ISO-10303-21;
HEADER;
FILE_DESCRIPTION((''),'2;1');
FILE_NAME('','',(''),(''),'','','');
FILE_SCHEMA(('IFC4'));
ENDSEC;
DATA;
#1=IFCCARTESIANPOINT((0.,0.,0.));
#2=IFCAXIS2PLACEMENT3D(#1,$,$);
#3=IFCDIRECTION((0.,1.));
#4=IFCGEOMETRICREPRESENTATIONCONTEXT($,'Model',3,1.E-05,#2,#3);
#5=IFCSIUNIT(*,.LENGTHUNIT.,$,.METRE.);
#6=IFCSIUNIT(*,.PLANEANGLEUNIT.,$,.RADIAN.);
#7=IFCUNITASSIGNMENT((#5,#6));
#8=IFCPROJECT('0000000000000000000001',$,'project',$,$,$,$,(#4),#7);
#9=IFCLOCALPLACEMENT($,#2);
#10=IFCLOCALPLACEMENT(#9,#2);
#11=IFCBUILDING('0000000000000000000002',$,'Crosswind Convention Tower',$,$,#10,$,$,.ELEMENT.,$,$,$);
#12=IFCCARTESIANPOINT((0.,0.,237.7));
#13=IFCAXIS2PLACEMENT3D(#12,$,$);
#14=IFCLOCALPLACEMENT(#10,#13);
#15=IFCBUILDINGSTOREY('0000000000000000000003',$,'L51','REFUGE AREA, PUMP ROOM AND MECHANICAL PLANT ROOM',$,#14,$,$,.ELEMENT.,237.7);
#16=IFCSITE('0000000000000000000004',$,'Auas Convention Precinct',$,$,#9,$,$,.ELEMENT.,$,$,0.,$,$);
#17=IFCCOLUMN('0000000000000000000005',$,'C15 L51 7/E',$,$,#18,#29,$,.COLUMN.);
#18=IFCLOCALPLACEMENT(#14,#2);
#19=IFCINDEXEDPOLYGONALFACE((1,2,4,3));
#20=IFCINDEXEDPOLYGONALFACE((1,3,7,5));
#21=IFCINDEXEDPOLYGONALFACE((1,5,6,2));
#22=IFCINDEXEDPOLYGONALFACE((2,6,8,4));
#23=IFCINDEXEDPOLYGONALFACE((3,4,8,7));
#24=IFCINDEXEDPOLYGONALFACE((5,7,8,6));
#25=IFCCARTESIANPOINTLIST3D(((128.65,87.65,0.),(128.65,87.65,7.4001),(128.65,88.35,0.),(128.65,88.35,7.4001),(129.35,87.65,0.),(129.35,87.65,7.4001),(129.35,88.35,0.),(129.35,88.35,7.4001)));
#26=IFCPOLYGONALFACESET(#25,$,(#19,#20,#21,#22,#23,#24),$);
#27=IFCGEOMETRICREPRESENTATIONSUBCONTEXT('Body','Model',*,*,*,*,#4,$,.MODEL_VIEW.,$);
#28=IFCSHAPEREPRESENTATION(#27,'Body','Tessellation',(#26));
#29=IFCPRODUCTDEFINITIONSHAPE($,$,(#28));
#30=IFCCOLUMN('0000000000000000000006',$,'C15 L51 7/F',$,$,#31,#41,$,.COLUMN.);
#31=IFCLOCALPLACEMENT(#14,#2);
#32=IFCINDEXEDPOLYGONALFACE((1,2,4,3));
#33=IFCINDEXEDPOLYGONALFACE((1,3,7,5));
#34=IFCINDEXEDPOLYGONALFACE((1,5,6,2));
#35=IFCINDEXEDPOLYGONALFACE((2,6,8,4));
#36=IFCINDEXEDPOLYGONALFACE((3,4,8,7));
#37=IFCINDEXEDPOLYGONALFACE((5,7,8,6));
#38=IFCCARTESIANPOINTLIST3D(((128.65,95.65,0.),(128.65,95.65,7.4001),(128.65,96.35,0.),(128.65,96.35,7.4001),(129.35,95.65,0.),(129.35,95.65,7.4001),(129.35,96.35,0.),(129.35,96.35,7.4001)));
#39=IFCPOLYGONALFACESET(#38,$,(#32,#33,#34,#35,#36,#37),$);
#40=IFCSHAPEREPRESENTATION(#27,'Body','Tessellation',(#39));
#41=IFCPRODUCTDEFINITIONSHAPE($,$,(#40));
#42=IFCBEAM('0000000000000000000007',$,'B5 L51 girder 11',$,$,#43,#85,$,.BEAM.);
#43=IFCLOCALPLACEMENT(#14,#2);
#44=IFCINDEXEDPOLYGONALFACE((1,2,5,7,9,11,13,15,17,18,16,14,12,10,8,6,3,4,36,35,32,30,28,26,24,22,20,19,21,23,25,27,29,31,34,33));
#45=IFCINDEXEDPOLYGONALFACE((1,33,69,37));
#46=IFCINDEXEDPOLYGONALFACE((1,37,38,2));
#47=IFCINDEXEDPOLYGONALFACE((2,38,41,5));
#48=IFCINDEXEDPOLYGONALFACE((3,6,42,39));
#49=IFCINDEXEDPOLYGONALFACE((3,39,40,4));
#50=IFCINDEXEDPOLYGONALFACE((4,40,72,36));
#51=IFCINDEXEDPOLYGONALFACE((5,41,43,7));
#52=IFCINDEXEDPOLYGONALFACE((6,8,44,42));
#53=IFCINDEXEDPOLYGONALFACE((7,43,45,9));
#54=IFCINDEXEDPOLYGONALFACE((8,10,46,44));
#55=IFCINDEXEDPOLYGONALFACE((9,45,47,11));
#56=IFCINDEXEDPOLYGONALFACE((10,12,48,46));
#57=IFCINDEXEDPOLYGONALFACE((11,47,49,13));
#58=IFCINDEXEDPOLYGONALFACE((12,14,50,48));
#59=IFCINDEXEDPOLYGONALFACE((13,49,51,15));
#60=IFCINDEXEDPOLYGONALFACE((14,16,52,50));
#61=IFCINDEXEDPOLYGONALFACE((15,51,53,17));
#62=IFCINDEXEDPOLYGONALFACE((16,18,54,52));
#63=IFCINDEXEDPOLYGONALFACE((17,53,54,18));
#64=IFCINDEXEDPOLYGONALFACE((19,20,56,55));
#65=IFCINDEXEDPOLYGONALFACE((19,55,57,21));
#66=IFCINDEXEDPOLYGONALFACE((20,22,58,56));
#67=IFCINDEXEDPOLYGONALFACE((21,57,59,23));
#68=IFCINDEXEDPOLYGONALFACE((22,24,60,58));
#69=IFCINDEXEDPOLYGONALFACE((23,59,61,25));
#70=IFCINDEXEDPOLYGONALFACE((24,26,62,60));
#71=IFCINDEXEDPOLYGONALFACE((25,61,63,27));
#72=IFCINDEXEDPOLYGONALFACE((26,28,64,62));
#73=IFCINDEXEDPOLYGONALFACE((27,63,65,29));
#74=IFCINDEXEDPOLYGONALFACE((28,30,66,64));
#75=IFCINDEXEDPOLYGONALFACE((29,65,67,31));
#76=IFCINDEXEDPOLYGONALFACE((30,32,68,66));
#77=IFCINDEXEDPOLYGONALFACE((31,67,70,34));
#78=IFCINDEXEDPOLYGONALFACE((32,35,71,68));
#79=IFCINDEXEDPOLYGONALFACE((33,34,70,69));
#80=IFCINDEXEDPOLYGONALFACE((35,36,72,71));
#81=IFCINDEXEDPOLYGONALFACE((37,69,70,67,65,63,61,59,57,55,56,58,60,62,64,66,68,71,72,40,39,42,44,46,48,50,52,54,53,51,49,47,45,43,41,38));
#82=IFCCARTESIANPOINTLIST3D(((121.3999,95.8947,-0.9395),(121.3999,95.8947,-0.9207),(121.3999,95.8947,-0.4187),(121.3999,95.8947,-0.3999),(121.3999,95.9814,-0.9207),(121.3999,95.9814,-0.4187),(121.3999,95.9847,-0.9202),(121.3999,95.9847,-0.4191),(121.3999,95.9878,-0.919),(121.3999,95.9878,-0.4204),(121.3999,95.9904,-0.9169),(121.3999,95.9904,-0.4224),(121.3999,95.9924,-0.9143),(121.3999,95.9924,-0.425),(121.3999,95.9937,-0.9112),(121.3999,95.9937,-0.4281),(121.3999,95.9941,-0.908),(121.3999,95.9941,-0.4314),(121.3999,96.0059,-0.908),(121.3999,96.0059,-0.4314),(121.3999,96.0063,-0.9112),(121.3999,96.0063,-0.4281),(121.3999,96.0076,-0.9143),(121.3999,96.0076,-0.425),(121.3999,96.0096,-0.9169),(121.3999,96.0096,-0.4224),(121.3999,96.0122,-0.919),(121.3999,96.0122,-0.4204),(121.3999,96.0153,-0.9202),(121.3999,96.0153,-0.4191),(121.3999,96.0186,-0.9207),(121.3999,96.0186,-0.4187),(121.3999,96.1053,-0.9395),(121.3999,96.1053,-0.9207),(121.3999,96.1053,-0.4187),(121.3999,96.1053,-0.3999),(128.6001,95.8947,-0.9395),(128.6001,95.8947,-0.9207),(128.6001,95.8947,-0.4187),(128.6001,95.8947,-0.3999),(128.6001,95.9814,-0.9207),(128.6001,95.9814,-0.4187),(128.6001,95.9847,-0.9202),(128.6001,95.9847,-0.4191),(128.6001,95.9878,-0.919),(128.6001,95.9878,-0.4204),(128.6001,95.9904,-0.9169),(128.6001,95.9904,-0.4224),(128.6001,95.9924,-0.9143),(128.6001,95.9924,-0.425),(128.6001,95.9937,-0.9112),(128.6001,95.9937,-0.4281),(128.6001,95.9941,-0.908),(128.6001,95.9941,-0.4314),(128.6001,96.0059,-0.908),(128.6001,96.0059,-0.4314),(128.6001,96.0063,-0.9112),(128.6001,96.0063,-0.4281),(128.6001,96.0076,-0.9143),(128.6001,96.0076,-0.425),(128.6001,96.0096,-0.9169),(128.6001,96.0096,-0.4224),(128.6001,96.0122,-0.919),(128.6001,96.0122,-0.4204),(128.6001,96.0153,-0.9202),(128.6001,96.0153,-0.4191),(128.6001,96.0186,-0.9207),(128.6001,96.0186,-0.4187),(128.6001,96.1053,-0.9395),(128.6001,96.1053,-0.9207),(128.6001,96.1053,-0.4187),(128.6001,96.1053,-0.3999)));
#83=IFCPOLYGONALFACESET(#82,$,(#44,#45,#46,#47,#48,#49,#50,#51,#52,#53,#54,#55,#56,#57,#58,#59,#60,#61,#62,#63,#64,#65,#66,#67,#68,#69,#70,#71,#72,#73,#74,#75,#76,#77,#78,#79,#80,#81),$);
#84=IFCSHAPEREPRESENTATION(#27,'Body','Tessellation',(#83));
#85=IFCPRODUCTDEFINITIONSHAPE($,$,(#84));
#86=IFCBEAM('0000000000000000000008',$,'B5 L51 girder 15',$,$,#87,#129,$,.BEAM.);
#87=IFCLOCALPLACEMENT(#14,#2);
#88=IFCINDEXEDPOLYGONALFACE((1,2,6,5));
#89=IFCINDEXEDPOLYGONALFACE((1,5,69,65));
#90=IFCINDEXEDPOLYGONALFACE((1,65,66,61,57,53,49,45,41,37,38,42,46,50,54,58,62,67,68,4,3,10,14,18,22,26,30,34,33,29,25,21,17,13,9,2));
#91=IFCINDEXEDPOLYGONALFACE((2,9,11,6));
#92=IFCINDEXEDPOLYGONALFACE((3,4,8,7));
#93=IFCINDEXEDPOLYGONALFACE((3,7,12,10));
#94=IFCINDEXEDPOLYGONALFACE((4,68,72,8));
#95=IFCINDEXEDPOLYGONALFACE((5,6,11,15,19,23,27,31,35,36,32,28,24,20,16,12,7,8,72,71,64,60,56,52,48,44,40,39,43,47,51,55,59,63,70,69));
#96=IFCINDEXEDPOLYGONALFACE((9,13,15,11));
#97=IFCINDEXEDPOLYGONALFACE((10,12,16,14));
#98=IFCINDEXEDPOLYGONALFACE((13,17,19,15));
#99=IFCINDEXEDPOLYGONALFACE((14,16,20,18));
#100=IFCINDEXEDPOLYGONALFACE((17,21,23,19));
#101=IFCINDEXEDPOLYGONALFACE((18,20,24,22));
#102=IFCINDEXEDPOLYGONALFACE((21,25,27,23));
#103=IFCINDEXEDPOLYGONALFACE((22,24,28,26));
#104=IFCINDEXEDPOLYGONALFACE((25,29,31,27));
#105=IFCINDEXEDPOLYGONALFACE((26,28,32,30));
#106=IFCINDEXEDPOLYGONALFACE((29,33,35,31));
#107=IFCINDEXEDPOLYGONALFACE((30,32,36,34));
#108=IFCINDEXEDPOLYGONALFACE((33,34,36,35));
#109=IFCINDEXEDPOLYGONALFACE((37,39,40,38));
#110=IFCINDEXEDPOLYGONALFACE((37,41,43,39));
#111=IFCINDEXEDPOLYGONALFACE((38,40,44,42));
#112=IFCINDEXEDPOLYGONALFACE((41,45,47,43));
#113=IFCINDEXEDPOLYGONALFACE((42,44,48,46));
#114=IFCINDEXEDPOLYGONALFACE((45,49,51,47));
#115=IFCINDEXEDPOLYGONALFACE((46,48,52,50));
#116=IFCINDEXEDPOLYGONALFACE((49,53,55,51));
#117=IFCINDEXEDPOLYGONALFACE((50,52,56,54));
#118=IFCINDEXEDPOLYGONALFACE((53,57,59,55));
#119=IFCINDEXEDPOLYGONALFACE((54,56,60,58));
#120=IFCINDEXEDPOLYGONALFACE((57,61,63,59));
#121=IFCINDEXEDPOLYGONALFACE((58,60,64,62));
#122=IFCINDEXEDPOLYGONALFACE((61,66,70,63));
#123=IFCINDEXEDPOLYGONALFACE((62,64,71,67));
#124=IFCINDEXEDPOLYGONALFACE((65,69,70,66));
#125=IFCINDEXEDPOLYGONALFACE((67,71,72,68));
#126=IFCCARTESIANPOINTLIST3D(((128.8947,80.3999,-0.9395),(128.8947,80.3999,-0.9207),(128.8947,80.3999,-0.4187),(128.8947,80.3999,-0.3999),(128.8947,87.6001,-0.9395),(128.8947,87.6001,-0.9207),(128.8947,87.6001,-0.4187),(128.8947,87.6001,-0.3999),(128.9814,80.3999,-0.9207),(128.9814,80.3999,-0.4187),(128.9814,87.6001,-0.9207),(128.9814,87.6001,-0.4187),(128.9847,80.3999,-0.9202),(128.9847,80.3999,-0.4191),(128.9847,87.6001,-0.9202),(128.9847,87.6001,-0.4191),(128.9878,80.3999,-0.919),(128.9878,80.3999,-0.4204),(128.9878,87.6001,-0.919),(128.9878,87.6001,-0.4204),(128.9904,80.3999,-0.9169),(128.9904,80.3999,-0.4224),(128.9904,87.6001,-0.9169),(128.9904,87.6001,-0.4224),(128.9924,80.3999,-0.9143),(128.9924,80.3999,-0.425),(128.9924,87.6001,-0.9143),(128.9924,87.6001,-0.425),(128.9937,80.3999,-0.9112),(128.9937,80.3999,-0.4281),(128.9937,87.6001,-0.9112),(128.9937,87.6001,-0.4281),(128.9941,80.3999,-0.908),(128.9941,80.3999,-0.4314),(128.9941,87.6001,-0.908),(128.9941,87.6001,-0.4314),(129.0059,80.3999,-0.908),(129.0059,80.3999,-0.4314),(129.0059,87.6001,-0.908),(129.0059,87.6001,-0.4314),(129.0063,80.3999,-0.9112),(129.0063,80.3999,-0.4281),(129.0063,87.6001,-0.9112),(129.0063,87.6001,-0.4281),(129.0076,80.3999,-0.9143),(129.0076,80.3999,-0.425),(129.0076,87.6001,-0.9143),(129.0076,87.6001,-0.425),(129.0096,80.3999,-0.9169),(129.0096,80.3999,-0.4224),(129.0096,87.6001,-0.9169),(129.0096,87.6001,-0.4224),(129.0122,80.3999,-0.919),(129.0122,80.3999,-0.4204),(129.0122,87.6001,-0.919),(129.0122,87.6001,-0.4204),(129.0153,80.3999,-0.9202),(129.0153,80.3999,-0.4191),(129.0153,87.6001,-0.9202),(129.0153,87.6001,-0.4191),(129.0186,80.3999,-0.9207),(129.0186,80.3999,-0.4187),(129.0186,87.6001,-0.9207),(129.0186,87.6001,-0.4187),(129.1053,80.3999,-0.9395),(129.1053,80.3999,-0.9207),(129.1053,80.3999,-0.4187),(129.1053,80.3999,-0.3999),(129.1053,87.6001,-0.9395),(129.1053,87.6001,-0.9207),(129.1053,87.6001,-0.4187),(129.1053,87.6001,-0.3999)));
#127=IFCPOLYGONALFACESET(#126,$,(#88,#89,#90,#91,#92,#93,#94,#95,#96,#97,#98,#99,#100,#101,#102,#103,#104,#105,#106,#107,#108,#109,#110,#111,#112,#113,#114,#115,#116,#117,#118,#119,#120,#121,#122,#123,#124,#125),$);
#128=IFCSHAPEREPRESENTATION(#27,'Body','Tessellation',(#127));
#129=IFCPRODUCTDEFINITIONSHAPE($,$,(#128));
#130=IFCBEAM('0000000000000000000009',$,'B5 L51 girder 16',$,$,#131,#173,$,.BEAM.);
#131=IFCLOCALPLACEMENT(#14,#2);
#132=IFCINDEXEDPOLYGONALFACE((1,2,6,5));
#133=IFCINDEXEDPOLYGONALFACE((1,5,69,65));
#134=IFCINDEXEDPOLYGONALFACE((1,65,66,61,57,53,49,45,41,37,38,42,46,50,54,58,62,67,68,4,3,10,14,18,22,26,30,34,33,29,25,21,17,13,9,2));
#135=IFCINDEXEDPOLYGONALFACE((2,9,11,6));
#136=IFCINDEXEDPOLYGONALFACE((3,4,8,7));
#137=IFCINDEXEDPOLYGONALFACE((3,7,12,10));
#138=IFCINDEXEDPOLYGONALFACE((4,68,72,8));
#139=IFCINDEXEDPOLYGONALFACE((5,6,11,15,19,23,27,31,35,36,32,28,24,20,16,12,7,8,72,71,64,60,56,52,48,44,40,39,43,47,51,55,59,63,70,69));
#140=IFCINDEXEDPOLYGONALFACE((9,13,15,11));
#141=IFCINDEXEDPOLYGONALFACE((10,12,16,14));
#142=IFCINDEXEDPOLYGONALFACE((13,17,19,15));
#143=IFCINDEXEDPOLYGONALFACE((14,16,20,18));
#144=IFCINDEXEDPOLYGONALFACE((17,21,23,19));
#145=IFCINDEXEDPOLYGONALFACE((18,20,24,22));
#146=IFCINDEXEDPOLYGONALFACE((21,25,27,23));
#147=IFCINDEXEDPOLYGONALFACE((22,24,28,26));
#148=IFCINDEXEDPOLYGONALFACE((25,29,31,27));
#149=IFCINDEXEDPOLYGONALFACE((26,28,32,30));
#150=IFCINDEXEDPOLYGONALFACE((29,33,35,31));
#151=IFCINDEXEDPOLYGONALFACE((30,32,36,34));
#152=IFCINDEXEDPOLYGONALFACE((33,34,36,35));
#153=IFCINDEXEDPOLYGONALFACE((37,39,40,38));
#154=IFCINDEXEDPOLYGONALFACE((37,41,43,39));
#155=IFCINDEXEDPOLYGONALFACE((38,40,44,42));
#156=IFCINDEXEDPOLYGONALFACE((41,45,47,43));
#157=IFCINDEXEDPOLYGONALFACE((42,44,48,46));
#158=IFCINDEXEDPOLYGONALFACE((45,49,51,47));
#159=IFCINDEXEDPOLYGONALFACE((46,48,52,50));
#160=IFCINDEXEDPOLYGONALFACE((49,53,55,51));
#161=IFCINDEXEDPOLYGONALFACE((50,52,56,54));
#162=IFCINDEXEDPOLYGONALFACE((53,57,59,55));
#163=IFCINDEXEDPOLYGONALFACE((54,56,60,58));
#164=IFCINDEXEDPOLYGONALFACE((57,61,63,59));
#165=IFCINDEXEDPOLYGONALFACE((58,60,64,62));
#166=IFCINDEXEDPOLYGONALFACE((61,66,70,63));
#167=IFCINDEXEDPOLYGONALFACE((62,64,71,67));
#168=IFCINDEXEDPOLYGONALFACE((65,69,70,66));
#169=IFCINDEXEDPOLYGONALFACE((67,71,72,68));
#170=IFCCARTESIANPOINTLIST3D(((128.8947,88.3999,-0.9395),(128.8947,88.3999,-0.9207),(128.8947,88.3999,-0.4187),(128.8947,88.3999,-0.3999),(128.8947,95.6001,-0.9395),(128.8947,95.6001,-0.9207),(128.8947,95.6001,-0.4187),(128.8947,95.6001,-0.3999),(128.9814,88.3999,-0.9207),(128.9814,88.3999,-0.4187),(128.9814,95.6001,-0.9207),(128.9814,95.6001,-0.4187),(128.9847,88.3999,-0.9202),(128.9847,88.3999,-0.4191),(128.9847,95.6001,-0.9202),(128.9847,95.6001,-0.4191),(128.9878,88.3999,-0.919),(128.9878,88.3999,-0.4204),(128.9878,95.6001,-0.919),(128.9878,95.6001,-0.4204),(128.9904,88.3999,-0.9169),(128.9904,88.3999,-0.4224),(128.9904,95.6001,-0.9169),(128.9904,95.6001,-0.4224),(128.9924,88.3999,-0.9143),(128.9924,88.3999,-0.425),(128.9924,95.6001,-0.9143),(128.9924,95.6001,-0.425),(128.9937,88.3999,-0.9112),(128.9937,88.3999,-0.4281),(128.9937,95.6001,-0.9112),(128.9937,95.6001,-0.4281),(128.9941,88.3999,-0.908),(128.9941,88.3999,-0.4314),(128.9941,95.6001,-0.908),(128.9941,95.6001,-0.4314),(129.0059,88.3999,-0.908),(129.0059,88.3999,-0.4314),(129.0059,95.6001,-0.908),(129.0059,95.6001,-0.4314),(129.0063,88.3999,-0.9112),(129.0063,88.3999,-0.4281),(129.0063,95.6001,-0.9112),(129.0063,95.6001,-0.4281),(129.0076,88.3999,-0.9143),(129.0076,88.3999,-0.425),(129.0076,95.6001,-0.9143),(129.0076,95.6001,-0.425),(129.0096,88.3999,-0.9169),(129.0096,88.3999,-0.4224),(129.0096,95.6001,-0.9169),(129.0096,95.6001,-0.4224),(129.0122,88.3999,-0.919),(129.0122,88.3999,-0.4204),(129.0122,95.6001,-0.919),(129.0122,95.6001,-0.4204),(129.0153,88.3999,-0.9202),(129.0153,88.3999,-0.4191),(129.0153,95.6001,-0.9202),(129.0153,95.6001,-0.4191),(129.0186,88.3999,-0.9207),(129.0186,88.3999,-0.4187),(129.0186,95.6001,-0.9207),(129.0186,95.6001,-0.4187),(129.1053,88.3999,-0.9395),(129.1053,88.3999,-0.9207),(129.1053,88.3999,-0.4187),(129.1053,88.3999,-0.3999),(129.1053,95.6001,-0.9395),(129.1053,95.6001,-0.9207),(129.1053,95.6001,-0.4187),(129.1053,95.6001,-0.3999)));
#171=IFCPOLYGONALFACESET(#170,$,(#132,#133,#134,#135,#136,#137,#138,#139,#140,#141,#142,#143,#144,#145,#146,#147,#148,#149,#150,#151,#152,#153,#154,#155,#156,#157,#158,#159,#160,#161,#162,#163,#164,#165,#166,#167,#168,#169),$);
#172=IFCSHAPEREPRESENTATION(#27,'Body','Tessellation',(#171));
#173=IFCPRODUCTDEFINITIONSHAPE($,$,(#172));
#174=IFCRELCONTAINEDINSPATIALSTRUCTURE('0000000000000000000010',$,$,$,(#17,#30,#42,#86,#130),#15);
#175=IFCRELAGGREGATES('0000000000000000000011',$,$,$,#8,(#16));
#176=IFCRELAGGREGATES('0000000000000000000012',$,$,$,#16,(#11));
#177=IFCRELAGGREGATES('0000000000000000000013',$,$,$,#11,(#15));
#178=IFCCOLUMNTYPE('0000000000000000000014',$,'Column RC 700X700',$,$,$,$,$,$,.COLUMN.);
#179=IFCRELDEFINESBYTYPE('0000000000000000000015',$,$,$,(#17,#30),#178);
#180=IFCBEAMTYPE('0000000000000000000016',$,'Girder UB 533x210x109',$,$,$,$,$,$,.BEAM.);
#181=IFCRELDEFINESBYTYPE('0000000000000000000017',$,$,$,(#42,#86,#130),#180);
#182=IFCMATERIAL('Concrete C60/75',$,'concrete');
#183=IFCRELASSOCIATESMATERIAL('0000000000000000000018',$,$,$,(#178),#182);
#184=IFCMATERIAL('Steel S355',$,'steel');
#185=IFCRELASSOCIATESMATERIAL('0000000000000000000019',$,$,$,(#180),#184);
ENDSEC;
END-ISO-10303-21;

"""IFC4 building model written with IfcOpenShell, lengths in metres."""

from ifc_helpers import new_model, si_unit, direction, frame, origin, origin_2d, place, context, subcontext, project, spatial, rectangle, i_section, extrude, material, material_profile, profile_set, type_object, element, save


model = new_model("IFC4")

# Units and contexts
model_context = context("Model", 3, precision=1e-05, world=origin(), true_north=direction((0.0, 1.0)))
body_context = subcontext(model_context, "Body", "Model", "MODEL_VIEW")
ifc_project = project(units=[si_unit("LENGTHUNIT", "METRE"), si_unit("PLANEANGLEUNIT", "RADIAN")], contexts=[model_context])

# Site, building, storey
site_placement = place(None, origin())
site = spatial("IfcSite", under=ifc_project, at=site_placement, Name="Auas Convention Precinct", CompositionType="ELEMENT", RefElevation=0.0)
building_placement = place(site_placement, origin())
building = spatial("IfcBuilding", under=site, at=building_placement, Name="Crosswind Convention Tower", CompositionType="ELEMENT")
storey_placement = place(building_placement, frame((0.0, 0.0, 237.7)))
storey = spatial("IfcBuildingStorey", under=building, at=storey_placement, Name="L51", Description="REFUGE AREA, PUMP ROOM AND MECHANICAL PLANT ROOM", CompositionType="ELEMENT", Elevation=237.7)

# Columns
ifc_material_1 = material(Name="Concrete C60/75", Category="concrete")
ifc_material_profile_1 = material_profile(ifc_material_1, rectangle(XDim=0.7, YDim=0.7, at=origin_2d()), Name="RC 700X700")
ifc_profile_set_1 = profile_set([ifc_material_profile_1], Name="Concrete C60/75")
column_type = type_object("IfcColumnType", Name="Column RC 700X700", PredefinedType="COLUMN", material=ifc_profile_set_1)
for number, where, z_axis, x_axis, name in (
    (1, (129.0, 88.0, 0.0), (0.0, 0.0, 1.0), (1.0, 0.0, 0.0), "C15 L51 7/E"),
    (2, (129.0, 96.0, 0.0), (0.0, 0.0, 1.0), (1.0, 0.0, 0.0), "C15 L51 7/F"),
):
    element("IfcColumn", number, at=place(storey_placement, frame(where, z_axis=z_axis, x_axis=x_axis)), inside=storey, type_object=column_type, Name=name, PredefinedType="COLUMN", context=body_context, shape_type="SweptSolid", body=[
        extrude(rectangle(XDim=0.7, YDim=0.7, at=origin_2d()), origin(), (0.0, 0.0, 1.0), 7.4001),
    ])

# Beams
ifc_material_2 = material(Name="Steel S355", Category="steel")
ifc_material_profile_2 = material_profile(ifc_material_2, i_section(OverallWidth=0.2107, OverallDepth=0.5396, WebThickness=0.0117, FlangeThickness=0.0188, FilletRadius=0.0127, at=origin_2d()), Name="UB 533x210x109")
ifc_profile_set_2 = profile_set([ifc_material_profile_2], Name="Steel S355")
beam_type_1 = type_object("IfcBeamType", Name="Girder UB 533x210x109", PredefinedType="BEAM", material=ifc_profile_set_2)
for number, where, z_axis, x_axis, name in (
    (3, (121.3999, 96.0, -0.6697), (1.0, 0.0, 0.0), (0.0, 1.0, 0.0), "B5 L51 girder 11"),
    (4, (129.0, 80.3999, -0.6697), (0.0, 1.0, 0.0), (-1.0, 0.0, 0.0), "B5 L51 girder 15"),
    (5, (129.0, 88.3999, -0.6697), (0.0, 1.0, 0.0), (-1.0, 0.0, 0.0), "B5 L51 girder 16"),
):
    element("IfcBeam", number, at=place(storey_placement, frame(where, z_axis=z_axis, x_axis=x_axis)), inside=storey, type_object=beam_type_1, Name=name, PredefinedType="BEAM", context=body_context, shape_type="SweptSolid", body=[
        extrude(i_section(OverallWidth=0.2107, OverallDepth=0.5396, WebThickness=0.0117, FlangeThickness=0.0188, FilletRadius=0.0127, at=origin_2d()), origin(), (0.0, 0.0, 1.0), 7.2002),
    ])

save(model, "model.ifc")
